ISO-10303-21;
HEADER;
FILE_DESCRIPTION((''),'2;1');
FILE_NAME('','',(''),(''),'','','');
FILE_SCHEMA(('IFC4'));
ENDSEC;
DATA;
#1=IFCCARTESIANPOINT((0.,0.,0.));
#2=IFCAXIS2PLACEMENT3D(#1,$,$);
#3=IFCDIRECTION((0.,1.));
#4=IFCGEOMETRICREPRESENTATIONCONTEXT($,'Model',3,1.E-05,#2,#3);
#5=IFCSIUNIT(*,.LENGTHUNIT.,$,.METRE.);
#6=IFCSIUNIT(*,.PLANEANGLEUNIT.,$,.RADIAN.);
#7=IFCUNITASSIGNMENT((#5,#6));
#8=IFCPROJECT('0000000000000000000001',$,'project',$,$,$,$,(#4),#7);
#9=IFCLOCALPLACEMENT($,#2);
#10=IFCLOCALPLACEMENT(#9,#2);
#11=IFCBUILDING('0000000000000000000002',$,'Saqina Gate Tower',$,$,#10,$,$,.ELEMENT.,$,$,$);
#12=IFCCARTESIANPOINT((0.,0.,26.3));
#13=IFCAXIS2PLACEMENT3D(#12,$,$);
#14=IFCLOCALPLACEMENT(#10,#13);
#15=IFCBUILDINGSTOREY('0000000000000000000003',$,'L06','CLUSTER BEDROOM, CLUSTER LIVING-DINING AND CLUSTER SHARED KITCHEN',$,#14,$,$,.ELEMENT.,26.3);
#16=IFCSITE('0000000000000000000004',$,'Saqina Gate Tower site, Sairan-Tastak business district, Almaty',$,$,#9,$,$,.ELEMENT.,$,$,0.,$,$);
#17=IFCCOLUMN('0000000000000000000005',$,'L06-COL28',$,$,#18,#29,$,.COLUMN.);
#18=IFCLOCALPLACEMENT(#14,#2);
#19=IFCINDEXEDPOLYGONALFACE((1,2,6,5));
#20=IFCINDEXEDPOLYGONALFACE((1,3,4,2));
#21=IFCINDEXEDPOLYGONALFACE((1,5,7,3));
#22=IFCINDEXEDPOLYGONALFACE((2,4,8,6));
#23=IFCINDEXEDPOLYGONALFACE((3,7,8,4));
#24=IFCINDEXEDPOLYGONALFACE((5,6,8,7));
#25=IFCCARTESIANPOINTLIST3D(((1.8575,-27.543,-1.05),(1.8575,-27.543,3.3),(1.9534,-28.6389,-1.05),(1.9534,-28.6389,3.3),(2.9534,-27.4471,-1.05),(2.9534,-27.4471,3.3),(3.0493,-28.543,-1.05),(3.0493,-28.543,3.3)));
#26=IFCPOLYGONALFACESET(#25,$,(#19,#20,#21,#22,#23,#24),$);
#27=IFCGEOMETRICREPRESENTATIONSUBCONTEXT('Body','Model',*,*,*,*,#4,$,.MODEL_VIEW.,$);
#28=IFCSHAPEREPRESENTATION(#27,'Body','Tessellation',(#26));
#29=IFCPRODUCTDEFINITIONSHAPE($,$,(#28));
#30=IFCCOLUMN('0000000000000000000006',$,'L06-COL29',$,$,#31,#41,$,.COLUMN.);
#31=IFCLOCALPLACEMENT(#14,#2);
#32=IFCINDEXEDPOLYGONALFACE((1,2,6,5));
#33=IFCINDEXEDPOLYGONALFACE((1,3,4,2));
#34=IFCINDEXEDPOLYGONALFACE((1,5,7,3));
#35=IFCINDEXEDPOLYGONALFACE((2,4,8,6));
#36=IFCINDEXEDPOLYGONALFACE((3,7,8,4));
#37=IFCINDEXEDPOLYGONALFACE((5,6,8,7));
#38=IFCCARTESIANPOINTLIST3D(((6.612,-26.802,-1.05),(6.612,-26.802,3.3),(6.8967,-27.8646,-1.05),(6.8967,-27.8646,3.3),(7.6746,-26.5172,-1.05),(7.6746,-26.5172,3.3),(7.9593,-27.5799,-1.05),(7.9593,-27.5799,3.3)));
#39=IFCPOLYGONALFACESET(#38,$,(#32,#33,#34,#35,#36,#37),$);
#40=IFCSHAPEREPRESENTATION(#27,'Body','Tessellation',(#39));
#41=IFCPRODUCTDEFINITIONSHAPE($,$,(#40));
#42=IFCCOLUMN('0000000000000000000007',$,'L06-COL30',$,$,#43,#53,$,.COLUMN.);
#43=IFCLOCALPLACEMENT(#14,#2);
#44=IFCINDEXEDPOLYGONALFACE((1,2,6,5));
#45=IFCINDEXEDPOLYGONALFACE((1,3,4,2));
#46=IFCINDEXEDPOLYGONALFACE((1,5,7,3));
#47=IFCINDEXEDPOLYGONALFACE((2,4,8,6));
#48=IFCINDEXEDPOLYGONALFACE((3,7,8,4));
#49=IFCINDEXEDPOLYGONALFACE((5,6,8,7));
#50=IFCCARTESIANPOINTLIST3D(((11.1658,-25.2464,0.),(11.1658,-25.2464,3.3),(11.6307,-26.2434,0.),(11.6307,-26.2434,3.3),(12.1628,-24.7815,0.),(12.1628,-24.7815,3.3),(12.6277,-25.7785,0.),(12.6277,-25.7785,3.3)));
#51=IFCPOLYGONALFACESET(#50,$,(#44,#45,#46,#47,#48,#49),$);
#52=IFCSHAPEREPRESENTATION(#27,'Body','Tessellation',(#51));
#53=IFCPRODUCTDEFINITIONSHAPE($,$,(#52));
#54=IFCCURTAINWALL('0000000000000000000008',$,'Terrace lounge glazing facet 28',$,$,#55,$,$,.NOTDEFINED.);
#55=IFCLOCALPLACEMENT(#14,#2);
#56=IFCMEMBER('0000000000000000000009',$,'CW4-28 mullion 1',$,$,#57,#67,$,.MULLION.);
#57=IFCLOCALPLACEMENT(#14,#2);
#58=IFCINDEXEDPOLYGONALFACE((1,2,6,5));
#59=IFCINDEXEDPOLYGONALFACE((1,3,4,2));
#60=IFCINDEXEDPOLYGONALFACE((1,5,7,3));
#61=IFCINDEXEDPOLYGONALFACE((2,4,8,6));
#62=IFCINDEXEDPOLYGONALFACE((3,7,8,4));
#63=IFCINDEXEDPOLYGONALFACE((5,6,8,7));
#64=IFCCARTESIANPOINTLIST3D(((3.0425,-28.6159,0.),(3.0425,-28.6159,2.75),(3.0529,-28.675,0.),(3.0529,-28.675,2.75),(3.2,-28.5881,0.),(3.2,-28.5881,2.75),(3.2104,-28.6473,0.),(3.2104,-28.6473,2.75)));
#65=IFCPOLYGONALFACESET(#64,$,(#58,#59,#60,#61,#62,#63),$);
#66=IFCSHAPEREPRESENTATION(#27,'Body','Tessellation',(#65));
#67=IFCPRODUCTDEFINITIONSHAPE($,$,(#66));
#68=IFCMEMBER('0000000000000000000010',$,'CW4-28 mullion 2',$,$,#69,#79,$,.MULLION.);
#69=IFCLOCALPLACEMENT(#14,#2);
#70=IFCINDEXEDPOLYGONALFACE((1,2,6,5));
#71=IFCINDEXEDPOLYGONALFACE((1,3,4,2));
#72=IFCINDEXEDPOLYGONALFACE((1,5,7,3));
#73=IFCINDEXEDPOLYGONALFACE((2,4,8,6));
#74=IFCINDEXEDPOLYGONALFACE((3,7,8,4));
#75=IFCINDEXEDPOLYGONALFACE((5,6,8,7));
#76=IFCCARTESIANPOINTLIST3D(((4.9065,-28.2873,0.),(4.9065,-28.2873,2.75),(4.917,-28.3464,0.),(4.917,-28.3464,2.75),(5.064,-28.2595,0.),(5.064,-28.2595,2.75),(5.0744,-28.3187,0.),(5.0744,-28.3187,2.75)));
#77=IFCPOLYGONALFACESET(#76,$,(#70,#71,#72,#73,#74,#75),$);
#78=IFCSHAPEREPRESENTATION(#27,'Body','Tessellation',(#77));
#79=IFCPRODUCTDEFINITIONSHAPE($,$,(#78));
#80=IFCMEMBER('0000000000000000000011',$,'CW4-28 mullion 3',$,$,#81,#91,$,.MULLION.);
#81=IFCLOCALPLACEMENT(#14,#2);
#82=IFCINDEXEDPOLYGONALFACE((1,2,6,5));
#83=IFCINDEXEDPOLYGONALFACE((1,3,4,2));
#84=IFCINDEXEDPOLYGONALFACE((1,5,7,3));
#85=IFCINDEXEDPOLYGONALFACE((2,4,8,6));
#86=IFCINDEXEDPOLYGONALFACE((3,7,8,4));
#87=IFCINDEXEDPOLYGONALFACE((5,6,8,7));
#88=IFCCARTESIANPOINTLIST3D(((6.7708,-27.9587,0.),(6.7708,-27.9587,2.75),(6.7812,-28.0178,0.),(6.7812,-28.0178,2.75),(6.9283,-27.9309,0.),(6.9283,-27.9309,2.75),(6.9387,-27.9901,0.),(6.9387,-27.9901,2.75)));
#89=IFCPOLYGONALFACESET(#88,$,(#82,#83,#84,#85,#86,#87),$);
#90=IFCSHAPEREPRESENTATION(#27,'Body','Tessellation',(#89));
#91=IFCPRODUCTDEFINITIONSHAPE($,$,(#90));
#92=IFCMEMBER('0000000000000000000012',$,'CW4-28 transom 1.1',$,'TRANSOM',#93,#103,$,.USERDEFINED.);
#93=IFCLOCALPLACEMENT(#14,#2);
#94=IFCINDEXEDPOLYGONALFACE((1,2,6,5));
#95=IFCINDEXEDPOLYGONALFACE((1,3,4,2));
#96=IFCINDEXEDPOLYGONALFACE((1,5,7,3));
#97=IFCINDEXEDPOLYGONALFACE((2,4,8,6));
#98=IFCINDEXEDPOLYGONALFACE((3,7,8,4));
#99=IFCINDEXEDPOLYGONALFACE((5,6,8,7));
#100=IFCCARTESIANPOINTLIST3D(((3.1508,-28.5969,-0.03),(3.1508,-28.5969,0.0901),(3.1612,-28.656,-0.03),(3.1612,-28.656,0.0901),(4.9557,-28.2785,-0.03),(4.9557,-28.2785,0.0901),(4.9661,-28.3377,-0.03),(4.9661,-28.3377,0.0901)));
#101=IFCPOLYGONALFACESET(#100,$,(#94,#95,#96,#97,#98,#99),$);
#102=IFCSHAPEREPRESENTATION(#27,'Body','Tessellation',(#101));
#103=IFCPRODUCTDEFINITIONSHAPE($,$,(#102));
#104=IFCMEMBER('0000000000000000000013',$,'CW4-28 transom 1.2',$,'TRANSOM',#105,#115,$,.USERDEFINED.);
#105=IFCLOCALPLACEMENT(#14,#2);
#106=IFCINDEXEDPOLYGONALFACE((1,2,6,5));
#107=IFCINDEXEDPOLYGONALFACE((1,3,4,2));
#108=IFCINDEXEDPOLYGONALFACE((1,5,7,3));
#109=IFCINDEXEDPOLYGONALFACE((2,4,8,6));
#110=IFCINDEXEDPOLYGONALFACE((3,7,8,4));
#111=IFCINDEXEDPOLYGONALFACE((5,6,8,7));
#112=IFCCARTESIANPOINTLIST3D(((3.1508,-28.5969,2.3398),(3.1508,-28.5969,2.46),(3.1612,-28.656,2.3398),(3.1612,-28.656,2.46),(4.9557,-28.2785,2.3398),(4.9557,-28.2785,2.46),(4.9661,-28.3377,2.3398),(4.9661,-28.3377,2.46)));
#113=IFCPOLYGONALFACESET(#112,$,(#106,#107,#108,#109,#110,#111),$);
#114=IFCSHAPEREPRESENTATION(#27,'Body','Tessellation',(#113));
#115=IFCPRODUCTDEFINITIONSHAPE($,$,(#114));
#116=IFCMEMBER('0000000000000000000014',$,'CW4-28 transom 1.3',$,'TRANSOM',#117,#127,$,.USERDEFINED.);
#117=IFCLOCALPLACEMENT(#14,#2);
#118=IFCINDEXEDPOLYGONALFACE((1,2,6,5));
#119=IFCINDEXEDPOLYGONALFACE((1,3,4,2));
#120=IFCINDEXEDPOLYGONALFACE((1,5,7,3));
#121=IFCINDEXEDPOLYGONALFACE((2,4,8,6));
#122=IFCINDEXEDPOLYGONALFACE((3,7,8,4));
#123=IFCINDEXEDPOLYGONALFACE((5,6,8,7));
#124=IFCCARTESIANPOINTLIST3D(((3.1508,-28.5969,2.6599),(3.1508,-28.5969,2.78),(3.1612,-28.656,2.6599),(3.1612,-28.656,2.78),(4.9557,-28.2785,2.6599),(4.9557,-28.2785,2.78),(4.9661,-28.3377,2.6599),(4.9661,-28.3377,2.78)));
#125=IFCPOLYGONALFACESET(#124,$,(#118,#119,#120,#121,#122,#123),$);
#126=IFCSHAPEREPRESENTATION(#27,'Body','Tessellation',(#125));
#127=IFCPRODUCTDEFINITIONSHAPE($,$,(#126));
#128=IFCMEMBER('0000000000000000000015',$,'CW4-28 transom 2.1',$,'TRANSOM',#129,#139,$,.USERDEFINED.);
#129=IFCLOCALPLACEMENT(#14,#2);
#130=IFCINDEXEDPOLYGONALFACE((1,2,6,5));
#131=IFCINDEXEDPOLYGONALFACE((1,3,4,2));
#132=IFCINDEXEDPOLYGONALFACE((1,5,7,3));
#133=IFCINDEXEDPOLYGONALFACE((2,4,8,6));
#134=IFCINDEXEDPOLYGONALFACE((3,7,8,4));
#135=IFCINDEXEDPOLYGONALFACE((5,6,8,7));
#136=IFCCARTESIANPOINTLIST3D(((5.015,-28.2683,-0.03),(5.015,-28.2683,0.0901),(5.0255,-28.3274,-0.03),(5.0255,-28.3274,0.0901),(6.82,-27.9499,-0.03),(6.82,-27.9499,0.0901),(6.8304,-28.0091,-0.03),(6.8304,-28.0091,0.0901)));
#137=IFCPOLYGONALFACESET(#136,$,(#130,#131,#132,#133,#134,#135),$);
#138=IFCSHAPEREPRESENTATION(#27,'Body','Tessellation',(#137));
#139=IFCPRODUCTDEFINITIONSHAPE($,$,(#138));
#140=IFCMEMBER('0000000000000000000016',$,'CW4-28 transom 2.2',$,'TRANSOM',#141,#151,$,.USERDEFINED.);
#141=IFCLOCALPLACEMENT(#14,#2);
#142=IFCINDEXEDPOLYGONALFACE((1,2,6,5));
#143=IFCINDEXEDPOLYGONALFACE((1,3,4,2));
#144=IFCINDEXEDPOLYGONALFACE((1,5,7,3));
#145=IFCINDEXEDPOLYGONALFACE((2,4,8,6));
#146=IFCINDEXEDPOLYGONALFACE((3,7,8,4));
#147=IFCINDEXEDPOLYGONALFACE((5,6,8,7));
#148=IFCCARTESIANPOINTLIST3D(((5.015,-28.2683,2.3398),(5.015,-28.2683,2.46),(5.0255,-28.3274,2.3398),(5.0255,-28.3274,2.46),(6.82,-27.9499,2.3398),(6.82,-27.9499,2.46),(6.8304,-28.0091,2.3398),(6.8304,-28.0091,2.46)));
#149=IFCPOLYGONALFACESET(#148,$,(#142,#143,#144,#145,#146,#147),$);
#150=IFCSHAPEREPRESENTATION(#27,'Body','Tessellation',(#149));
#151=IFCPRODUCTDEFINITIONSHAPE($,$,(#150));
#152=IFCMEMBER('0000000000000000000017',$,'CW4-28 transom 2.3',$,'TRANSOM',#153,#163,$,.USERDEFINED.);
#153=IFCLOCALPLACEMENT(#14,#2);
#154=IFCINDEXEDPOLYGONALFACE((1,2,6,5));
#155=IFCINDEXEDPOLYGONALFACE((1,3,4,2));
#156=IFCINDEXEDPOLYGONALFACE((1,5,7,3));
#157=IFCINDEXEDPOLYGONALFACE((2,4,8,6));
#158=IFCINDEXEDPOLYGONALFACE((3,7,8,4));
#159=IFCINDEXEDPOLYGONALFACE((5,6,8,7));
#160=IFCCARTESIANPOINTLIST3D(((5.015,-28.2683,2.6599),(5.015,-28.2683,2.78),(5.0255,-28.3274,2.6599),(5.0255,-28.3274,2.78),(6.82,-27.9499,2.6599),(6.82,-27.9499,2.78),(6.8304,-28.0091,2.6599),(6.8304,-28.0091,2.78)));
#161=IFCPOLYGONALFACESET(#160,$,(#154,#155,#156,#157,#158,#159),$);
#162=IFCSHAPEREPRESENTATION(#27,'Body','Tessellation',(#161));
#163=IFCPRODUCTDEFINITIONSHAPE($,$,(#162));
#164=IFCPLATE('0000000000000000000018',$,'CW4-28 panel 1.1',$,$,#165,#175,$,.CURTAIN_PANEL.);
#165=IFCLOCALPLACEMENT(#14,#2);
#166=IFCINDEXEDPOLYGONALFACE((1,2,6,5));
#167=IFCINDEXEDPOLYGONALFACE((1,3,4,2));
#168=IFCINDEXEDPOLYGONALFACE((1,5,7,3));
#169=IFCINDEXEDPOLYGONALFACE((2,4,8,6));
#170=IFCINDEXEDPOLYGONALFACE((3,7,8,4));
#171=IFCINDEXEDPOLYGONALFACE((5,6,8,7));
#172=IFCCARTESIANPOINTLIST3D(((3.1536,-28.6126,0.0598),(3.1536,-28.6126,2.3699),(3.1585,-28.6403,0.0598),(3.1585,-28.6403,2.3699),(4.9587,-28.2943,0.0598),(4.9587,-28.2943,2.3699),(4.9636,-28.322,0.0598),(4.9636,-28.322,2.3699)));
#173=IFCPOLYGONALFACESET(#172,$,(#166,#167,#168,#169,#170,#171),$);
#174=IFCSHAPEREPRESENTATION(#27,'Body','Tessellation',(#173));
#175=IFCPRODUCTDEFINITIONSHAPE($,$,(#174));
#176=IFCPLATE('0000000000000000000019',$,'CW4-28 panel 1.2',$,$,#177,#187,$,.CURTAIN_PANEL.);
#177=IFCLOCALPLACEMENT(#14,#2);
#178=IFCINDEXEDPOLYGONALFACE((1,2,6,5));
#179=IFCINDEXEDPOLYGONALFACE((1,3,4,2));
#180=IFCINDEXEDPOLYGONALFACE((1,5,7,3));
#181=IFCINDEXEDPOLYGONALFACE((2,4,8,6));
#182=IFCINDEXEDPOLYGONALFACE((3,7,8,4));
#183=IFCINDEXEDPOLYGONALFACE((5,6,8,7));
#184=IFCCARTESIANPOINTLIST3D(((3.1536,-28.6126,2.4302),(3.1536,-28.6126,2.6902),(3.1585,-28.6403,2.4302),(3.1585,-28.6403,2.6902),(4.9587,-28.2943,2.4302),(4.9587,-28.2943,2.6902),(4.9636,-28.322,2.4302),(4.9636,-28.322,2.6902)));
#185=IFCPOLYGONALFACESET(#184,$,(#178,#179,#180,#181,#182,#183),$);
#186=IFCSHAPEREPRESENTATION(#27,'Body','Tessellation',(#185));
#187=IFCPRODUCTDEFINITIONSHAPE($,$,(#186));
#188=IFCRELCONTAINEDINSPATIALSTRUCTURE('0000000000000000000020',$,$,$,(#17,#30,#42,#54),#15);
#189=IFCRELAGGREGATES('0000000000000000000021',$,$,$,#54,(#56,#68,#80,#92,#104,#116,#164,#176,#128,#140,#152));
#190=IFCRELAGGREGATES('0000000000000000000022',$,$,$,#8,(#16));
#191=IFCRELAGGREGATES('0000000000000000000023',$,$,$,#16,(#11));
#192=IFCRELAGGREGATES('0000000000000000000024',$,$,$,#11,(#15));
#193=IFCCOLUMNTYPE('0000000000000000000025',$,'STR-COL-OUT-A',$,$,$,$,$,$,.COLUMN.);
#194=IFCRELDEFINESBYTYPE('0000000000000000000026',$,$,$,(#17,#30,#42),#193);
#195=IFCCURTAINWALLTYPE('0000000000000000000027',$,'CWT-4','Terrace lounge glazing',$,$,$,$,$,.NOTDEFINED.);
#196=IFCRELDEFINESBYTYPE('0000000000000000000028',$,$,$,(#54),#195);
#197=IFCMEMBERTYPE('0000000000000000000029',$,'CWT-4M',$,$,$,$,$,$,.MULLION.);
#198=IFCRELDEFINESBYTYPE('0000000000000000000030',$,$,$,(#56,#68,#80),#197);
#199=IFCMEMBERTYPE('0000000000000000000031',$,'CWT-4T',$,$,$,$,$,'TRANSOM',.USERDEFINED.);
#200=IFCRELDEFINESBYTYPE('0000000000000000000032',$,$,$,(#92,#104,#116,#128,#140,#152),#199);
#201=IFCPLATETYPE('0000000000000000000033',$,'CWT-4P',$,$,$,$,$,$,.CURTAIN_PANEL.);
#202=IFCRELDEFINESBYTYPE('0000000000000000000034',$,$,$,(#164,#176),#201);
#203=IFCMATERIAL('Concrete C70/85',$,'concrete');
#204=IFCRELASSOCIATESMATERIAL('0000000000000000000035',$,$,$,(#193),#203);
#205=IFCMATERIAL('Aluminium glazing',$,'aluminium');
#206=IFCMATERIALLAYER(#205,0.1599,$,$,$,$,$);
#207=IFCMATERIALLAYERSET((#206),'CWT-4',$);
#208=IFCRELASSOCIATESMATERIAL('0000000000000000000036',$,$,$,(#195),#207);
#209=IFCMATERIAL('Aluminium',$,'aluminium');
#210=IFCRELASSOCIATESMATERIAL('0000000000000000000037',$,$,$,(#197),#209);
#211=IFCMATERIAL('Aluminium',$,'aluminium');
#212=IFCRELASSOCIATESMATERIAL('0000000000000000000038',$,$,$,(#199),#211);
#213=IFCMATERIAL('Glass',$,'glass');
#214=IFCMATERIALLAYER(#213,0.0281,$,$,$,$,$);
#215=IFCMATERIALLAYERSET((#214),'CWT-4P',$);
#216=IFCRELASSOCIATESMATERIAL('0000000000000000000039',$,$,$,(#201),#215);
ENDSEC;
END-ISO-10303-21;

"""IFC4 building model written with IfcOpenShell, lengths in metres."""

from ifc_helpers import new_model, si_unit, direction, frame, origin, origin_2d, place, context, subcontext, project, spatial, rectangle, extrude, material, layer, layer_set, material_profile, profile_set, type_object, element, aggregate, save


model = new_model("IFC4")

# Units and contexts
model_context = context("Model", 3, precision=1e-05, world=origin(), true_north=direction((0.0, 1.0)))
body_context = subcontext(model_context, "Body", "Model", "MODEL_VIEW")
ifc_project = project(units=[si_unit("LENGTHUNIT", "METRE"), si_unit("PLANEANGLEUNIT", "RADIAN")], contexts=[model_context])

# Site, building, storey
site_placement = place(None, origin())
site = spatial("IfcSite", under=ifc_project, at=site_placement, Name="Saqina Gate Tower site, Sairan-Tastak business district, Almaty", CompositionType="ELEMENT", RefElevation=0.0)
building_placement = place(site_placement, origin())
building = spatial("IfcBuilding", under=site, at=building_placement, Name="Saqina Gate Tower", CompositionType="ELEMENT")
storey_placement = place(building_placement, frame((0.0, 0.0, 26.3)))
storey = spatial("IfcBuildingStorey", under=building, at=storey_placement, Name="L06", Description="CLUSTER BEDROOM, CLUSTER LIVING-DINING AND CLUSTER SHARED KITCHEN", CompositionType="ELEMENT", Elevation=26.3)

# Columns
ifc_material_1 = material(Name="Concrete C70/85", Category="concrete")
ifc_material_profile_1 = material_profile(ifc_material_1, rectangle(XDim=1.1001, YDim=1.1001, at=origin_2d()), Name="RC 1100x1100")
ifc_profile_set_1 = profile_set([ifc_material_profile_1], Name="Concrete C70/85")
column_type = type_object("IfcColumnType", Name="STR-COL-OUT-A", PredefinedType="COLUMN", material=ifc_profile_set_1)
for number, where, z_axis, x_axis, name in (
    (1, (2.4534, -28.043, -1.05), (0.0, 0.0, 1.0), (0.087156, -0.996195, 0.0), "L06-COL28"),
    (2, (7.2856, -27.1909, -1.05), (0.0, 0.0, 1.0), (0.258819, -0.965926, 0.0), "L06-COL29"),
):
    element("IfcColumn", number, at=place(storey_placement, frame(where, z_axis=z_axis, x_axis=x_axis)), inside=storey, type_object=column_type, Name=name, PredefinedType="COLUMN", context=body_context, shape_type="SweptSolid", body=[
        extrude(rectangle(XDim=1.1001, YDim=1.1001, at=origin_2d()), origin(), (0.0, 0.0, 1.0), 4.3501),
    ])
column_placement = place(storey_placement, frame((11.8967, -25.5125, 0.0), z_axis=(0.0, 0.0, 1.0), x_axis=(0.422618, -0.906308, 0.0)))
element("IfcColumn", 3, at=column_placement, inside=storey, type_object=column_type, Name="L06-COL30", PredefinedType="COLUMN", context=body_context, shape_type="SweptSolid", body=[
    extrude(rectangle(XDim=1.1001, YDim=1.1001, at=origin_2d()), origin(), (0.0, 0.0, 1.0), 3.3),
])

# Curtain wall, members, plates
ifc_material_2 = material(Name="Aluminium glazing", Category="aluminium")
ifc_layer_1 = layer(ifc_material_2, 0.1599)
ifc_layer_set_1 = layer_set([ifc_layer_1], Name="CWT-4")
curtain_wall_type = type_object("IfcCurtainWallType", Name="CWT-4", Description="Terrace lounge glazing", PredefinedType="NOTDEFINED", material=ifc_layer_set_1)
curtain_wall_placement = place(storey_placement, origin())
curtain_wall = element("IfcCurtainWall", 4, at=curtain_wall_placement, inside=storey, type_object=curtain_wall_type, Name="Terrace lounge glazing facet 28", PredefinedType="NOTDEFINED")
ifc_material_3 = material(Name="Aluminium", Category="aluminium")
ifc_material_profile_2 = material_profile(ifc_material_3, rectangle(XDim=0.0601, YDim=0.1599, at=origin_2d()), Name="Aluminium 60x160")
ifc_profile_set_2 = profile_set([ifc_material_profile_2], Name="Aluminium")
member_type_1 = type_object("IfcMemberType", Name="CWT-4M", PredefinedType="MULLION", material=ifc_profile_set_2)
member_1_placement = place(storey_placement, frame((3.1265, -28.6316, 0.0), z_axis=(0.0, 0.0, 1.0), x_axis=(-0.173643, 0.984809, 0.0)))
member_1 = element("IfcMember", 5, at=member_1_placement, type_object=member_type_1, Name="CW4-28 mullion 1", PredefinedType="MULLION", context=body_context, shape_type="SweptSolid", body=[
    extrude(rectangle(XDim=0.0601, YDim=0.1599, at=origin_2d()), origin(), (0.0, 0.0, 1.0), 2.75),
])
member_2_placement = place(storey_placement, frame((4.9905, -28.303, 0.0), z_axis=(0.0, 0.0, 1.0), x_axis=(-0.173643, 0.984809, 0.0)))
member_2 = element("IfcMember", 6, at=member_2_placement, type_object=member_type_1, Name="CW4-28 mullion 2", PredefinedType="MULLION", context=body_context, shape_type="SweptSolid", body=[
    extrude(rectangle(XDim=0.0601, YDim=0.1599, at=origin_2d()), origin(), (0.0, 0.0, 1.0), 2.75),
])
member_3_placement = place(storey_placement, frame((6.8547, -27.9744, 0.0), z_axis=(0.0, 0.0, 1.0), x_axis=(-0.173643, 0.984809, 0.0)))
member_3 = element("IfcMember", 7, at=member_3_placement, type_object=member_type_1, Name="CW4-28 mullion 3", PredefinedType="MULLION", context=body_context, shape_type="SweptSolid", body=[
    extrude(rectangle(XDim=0.0601, YDim=0.1599, at=origin_2d()), origin(), (0.0, 0.0, 1.0), 2.75),
])
ifc_material_4 = material(Name="Aluminium", Category="aluminium")
ifc_material_profile_3 = material_profile(ifc_material_4, rectangle(XDim=0.0601, YDim=0.1201, at=origin_2d()), Name="Aluminium 60x120")
ifc_profile_set_3 = profile_set([ifc_material_profile_3], Name="Aluminium")
member_type_2 = type_object("IfcMemberType", Name="CWT-4T", ElementType="TRANSOM", PredefinedType="USERDEFINED", material=ifc_profile_set_3)
member_4_placement = place(storey_placement, frame((3.156, -28.6265, 0.03), z_axis=(0.984798, 0.173702, 0.0), x_axis=(-0.173702, 0.984798, 0.0)))
member_4 = element("IfcMember", 8, at=member_4_placement, type_object=member_type_2, Name="CW4-28 transom 1.1", ObjectType="TRANSOM", PredefinedType="USERDEFINED", context=body_context, shape_type="SweptSolid", body=[
    extrude(rectangle(XDim=0.0601, YDim=0.1201, at=origin_2d()), origin(), (0.0, 0.0, 1.0), 1.8328),
])
member_5_placement = place(storey_placement, frame((3.156, -28.6265, 2.3999), z_axis=(0.984798, 0.173702, 0.0), x_axis=(-0.173702, 0.984798, 0.0)))
member_5 = element("IfcMember", 9, at=member_5_placement, type_object=member_type_2, Name="CW4-28 transom 1.2", ObjectType="TRANSOM", PredefinedType="USERDEFINED", context=body_context, shape_type="SweptSolid", body=[
    extrude(rectangle(XDim=0.0601, YDim=0.1201, at=origin_2d()), origin(), (0.0, 0.0, 1.0), 1.8328),
])
member_6_placement = place(storey_placement, frame((3.156, -28.6265, 2.72), z_axis=(0.984798, 0.173702, 0.0), x_axis=(-0.173702, 0.984798, 0.0)))
member_6 = element("IfcMember", 10, at=member_6_placement, type_object=member_type_2, Name="CW4-28 transom 1.3", ObjectType="TRANSOM", PredefinedType="USERDEFINED", context=body_context, shape_type="SweptSolid", body=[
    extrude(rectangle(XDim=0.0601, YDim=0.1201, at=origin_2d()), origin(), (0.0, 0.0, 1.0), 1.8328),
])
member_7_placement = place(storey_placement, frame((5.0203, -28.2979, 0.03), z_axis=(0.984798, 0.173702, 0.0), x_axis=(-0.173702, 0.984798, 0.0)))
member_7 = element("IfcMember", 11, at=member_7_placement, type_object=member_type_2, Name="CW4-28 transom 2.1", ObjectType="TRANSOM", PredefinedType="USERDEFINED", context=body_context, shape_type="SweptSolid", body=[
    extrude(rectangle(XDim=0.0601, YDim=0.1201, at=origin_2d()), origin(), (0.0, 0.0, 1.0), 1.8328),
])
member_8_placement = place(storey_placement, frame((5.0203, -28.2979, 2.3999), z_axis=(0.984798, 0.173702, 0.0), x_axis=(-0.173702, 0.984798, 0.0)))
member_8 = element("IfcMember", 12, at=member_8_placement, type_object=member_type_2, Name="CW4-28 transom 2.2", ObjectType="TRANSOM", PredefinedType="USERDEFINED", context=body_context, shape_type="SweptSolid", body=[
    extrude(rectangle(XDim=0.0601, YDim=0.1201, at=origin_2d()), origin(), (0.0, 0.0, 1.0), 1.8328),
])
member_9_placement = place(storey_placement, frame((5.0203, -28.2979, 2.72), z_axis=(0.984798, 0.173702, 0.0), x_axis=(-0.173702, 0.984798, 0.0)))
member_9 = element("IfcMember", 13, at=member_9_placement, type_object=member_type_2, Name="CW4-28 transom 2.3", ObjectType="TRANSOM", PredefinedType="USERDEFINED", context=body_context, shape_type="SweptSolid", body=[
    extrude(rectangle(XDim=0.0601, YDim=0.1201, at=origin_2d()), origin(), (0.0, 0.0, 1.0), 1.8328),
])
ifc_material_5 = material(Name="Glass", Category="glass")
ifc_layer_2 = layer(ifc_material_5, 0.0281)
ifc_layer_set_2 = layer_set([ifc_layer_2], Name="CWT-4P")
plate_type = type_object("IfcPlateType", Name="CWT-4P", PredefinedType="CURTAIN_PANEL", material=ifc_layer_set_2)
plate_1_placement = place(storey_placement, frame((4.0586, -28.4673, 0.0598), z_axis=(0.0, 0.0, 1.0), x_axis=(0.984809, 0.173643, 0.0)))
plate_1 = element("IfcPlate", 14, at=plate_1_placement, type_object=plate_type, Name="CW4-28 panel 1.1", PredefinedType="CURTAIN_PANEL", context=body_context, shape_type="SweptSolid", body=[
    extrude(rectangle(XDim=1.833, YDim=0.0281, at=origin_2d()), origin(), (0.0, 0.0, 1.0), 2.3101),
])
plate_2_placement = place(storey_placement, frame((4.0586, -28.4673, 2.4302), z_axis=(0.0, 0.0, 1.0), x_axis=(0.984809, 0.173643, 0.0)))
plate_2 = element("IfcPlate", 15, at=plate_2_placement, type_object=plate_type, Name="CW4-28 panel 1.2", PredefinedType="CURTAIN_PANEL", context=body_context, shape_type="SweptSolid", body=[
    extrude(rectangle(XDim=1.833, YDim=0.0281, at=origin_2d()), origin(), (0.0, 0.0, 1.0), 0.26),
])
aggregate(curtain_wall, [member_1, member_2, member_3, member_4, member_5, member_6, plate_1, plate_2, member_7, member_8, member_9])

save(model, "model.ifc")
